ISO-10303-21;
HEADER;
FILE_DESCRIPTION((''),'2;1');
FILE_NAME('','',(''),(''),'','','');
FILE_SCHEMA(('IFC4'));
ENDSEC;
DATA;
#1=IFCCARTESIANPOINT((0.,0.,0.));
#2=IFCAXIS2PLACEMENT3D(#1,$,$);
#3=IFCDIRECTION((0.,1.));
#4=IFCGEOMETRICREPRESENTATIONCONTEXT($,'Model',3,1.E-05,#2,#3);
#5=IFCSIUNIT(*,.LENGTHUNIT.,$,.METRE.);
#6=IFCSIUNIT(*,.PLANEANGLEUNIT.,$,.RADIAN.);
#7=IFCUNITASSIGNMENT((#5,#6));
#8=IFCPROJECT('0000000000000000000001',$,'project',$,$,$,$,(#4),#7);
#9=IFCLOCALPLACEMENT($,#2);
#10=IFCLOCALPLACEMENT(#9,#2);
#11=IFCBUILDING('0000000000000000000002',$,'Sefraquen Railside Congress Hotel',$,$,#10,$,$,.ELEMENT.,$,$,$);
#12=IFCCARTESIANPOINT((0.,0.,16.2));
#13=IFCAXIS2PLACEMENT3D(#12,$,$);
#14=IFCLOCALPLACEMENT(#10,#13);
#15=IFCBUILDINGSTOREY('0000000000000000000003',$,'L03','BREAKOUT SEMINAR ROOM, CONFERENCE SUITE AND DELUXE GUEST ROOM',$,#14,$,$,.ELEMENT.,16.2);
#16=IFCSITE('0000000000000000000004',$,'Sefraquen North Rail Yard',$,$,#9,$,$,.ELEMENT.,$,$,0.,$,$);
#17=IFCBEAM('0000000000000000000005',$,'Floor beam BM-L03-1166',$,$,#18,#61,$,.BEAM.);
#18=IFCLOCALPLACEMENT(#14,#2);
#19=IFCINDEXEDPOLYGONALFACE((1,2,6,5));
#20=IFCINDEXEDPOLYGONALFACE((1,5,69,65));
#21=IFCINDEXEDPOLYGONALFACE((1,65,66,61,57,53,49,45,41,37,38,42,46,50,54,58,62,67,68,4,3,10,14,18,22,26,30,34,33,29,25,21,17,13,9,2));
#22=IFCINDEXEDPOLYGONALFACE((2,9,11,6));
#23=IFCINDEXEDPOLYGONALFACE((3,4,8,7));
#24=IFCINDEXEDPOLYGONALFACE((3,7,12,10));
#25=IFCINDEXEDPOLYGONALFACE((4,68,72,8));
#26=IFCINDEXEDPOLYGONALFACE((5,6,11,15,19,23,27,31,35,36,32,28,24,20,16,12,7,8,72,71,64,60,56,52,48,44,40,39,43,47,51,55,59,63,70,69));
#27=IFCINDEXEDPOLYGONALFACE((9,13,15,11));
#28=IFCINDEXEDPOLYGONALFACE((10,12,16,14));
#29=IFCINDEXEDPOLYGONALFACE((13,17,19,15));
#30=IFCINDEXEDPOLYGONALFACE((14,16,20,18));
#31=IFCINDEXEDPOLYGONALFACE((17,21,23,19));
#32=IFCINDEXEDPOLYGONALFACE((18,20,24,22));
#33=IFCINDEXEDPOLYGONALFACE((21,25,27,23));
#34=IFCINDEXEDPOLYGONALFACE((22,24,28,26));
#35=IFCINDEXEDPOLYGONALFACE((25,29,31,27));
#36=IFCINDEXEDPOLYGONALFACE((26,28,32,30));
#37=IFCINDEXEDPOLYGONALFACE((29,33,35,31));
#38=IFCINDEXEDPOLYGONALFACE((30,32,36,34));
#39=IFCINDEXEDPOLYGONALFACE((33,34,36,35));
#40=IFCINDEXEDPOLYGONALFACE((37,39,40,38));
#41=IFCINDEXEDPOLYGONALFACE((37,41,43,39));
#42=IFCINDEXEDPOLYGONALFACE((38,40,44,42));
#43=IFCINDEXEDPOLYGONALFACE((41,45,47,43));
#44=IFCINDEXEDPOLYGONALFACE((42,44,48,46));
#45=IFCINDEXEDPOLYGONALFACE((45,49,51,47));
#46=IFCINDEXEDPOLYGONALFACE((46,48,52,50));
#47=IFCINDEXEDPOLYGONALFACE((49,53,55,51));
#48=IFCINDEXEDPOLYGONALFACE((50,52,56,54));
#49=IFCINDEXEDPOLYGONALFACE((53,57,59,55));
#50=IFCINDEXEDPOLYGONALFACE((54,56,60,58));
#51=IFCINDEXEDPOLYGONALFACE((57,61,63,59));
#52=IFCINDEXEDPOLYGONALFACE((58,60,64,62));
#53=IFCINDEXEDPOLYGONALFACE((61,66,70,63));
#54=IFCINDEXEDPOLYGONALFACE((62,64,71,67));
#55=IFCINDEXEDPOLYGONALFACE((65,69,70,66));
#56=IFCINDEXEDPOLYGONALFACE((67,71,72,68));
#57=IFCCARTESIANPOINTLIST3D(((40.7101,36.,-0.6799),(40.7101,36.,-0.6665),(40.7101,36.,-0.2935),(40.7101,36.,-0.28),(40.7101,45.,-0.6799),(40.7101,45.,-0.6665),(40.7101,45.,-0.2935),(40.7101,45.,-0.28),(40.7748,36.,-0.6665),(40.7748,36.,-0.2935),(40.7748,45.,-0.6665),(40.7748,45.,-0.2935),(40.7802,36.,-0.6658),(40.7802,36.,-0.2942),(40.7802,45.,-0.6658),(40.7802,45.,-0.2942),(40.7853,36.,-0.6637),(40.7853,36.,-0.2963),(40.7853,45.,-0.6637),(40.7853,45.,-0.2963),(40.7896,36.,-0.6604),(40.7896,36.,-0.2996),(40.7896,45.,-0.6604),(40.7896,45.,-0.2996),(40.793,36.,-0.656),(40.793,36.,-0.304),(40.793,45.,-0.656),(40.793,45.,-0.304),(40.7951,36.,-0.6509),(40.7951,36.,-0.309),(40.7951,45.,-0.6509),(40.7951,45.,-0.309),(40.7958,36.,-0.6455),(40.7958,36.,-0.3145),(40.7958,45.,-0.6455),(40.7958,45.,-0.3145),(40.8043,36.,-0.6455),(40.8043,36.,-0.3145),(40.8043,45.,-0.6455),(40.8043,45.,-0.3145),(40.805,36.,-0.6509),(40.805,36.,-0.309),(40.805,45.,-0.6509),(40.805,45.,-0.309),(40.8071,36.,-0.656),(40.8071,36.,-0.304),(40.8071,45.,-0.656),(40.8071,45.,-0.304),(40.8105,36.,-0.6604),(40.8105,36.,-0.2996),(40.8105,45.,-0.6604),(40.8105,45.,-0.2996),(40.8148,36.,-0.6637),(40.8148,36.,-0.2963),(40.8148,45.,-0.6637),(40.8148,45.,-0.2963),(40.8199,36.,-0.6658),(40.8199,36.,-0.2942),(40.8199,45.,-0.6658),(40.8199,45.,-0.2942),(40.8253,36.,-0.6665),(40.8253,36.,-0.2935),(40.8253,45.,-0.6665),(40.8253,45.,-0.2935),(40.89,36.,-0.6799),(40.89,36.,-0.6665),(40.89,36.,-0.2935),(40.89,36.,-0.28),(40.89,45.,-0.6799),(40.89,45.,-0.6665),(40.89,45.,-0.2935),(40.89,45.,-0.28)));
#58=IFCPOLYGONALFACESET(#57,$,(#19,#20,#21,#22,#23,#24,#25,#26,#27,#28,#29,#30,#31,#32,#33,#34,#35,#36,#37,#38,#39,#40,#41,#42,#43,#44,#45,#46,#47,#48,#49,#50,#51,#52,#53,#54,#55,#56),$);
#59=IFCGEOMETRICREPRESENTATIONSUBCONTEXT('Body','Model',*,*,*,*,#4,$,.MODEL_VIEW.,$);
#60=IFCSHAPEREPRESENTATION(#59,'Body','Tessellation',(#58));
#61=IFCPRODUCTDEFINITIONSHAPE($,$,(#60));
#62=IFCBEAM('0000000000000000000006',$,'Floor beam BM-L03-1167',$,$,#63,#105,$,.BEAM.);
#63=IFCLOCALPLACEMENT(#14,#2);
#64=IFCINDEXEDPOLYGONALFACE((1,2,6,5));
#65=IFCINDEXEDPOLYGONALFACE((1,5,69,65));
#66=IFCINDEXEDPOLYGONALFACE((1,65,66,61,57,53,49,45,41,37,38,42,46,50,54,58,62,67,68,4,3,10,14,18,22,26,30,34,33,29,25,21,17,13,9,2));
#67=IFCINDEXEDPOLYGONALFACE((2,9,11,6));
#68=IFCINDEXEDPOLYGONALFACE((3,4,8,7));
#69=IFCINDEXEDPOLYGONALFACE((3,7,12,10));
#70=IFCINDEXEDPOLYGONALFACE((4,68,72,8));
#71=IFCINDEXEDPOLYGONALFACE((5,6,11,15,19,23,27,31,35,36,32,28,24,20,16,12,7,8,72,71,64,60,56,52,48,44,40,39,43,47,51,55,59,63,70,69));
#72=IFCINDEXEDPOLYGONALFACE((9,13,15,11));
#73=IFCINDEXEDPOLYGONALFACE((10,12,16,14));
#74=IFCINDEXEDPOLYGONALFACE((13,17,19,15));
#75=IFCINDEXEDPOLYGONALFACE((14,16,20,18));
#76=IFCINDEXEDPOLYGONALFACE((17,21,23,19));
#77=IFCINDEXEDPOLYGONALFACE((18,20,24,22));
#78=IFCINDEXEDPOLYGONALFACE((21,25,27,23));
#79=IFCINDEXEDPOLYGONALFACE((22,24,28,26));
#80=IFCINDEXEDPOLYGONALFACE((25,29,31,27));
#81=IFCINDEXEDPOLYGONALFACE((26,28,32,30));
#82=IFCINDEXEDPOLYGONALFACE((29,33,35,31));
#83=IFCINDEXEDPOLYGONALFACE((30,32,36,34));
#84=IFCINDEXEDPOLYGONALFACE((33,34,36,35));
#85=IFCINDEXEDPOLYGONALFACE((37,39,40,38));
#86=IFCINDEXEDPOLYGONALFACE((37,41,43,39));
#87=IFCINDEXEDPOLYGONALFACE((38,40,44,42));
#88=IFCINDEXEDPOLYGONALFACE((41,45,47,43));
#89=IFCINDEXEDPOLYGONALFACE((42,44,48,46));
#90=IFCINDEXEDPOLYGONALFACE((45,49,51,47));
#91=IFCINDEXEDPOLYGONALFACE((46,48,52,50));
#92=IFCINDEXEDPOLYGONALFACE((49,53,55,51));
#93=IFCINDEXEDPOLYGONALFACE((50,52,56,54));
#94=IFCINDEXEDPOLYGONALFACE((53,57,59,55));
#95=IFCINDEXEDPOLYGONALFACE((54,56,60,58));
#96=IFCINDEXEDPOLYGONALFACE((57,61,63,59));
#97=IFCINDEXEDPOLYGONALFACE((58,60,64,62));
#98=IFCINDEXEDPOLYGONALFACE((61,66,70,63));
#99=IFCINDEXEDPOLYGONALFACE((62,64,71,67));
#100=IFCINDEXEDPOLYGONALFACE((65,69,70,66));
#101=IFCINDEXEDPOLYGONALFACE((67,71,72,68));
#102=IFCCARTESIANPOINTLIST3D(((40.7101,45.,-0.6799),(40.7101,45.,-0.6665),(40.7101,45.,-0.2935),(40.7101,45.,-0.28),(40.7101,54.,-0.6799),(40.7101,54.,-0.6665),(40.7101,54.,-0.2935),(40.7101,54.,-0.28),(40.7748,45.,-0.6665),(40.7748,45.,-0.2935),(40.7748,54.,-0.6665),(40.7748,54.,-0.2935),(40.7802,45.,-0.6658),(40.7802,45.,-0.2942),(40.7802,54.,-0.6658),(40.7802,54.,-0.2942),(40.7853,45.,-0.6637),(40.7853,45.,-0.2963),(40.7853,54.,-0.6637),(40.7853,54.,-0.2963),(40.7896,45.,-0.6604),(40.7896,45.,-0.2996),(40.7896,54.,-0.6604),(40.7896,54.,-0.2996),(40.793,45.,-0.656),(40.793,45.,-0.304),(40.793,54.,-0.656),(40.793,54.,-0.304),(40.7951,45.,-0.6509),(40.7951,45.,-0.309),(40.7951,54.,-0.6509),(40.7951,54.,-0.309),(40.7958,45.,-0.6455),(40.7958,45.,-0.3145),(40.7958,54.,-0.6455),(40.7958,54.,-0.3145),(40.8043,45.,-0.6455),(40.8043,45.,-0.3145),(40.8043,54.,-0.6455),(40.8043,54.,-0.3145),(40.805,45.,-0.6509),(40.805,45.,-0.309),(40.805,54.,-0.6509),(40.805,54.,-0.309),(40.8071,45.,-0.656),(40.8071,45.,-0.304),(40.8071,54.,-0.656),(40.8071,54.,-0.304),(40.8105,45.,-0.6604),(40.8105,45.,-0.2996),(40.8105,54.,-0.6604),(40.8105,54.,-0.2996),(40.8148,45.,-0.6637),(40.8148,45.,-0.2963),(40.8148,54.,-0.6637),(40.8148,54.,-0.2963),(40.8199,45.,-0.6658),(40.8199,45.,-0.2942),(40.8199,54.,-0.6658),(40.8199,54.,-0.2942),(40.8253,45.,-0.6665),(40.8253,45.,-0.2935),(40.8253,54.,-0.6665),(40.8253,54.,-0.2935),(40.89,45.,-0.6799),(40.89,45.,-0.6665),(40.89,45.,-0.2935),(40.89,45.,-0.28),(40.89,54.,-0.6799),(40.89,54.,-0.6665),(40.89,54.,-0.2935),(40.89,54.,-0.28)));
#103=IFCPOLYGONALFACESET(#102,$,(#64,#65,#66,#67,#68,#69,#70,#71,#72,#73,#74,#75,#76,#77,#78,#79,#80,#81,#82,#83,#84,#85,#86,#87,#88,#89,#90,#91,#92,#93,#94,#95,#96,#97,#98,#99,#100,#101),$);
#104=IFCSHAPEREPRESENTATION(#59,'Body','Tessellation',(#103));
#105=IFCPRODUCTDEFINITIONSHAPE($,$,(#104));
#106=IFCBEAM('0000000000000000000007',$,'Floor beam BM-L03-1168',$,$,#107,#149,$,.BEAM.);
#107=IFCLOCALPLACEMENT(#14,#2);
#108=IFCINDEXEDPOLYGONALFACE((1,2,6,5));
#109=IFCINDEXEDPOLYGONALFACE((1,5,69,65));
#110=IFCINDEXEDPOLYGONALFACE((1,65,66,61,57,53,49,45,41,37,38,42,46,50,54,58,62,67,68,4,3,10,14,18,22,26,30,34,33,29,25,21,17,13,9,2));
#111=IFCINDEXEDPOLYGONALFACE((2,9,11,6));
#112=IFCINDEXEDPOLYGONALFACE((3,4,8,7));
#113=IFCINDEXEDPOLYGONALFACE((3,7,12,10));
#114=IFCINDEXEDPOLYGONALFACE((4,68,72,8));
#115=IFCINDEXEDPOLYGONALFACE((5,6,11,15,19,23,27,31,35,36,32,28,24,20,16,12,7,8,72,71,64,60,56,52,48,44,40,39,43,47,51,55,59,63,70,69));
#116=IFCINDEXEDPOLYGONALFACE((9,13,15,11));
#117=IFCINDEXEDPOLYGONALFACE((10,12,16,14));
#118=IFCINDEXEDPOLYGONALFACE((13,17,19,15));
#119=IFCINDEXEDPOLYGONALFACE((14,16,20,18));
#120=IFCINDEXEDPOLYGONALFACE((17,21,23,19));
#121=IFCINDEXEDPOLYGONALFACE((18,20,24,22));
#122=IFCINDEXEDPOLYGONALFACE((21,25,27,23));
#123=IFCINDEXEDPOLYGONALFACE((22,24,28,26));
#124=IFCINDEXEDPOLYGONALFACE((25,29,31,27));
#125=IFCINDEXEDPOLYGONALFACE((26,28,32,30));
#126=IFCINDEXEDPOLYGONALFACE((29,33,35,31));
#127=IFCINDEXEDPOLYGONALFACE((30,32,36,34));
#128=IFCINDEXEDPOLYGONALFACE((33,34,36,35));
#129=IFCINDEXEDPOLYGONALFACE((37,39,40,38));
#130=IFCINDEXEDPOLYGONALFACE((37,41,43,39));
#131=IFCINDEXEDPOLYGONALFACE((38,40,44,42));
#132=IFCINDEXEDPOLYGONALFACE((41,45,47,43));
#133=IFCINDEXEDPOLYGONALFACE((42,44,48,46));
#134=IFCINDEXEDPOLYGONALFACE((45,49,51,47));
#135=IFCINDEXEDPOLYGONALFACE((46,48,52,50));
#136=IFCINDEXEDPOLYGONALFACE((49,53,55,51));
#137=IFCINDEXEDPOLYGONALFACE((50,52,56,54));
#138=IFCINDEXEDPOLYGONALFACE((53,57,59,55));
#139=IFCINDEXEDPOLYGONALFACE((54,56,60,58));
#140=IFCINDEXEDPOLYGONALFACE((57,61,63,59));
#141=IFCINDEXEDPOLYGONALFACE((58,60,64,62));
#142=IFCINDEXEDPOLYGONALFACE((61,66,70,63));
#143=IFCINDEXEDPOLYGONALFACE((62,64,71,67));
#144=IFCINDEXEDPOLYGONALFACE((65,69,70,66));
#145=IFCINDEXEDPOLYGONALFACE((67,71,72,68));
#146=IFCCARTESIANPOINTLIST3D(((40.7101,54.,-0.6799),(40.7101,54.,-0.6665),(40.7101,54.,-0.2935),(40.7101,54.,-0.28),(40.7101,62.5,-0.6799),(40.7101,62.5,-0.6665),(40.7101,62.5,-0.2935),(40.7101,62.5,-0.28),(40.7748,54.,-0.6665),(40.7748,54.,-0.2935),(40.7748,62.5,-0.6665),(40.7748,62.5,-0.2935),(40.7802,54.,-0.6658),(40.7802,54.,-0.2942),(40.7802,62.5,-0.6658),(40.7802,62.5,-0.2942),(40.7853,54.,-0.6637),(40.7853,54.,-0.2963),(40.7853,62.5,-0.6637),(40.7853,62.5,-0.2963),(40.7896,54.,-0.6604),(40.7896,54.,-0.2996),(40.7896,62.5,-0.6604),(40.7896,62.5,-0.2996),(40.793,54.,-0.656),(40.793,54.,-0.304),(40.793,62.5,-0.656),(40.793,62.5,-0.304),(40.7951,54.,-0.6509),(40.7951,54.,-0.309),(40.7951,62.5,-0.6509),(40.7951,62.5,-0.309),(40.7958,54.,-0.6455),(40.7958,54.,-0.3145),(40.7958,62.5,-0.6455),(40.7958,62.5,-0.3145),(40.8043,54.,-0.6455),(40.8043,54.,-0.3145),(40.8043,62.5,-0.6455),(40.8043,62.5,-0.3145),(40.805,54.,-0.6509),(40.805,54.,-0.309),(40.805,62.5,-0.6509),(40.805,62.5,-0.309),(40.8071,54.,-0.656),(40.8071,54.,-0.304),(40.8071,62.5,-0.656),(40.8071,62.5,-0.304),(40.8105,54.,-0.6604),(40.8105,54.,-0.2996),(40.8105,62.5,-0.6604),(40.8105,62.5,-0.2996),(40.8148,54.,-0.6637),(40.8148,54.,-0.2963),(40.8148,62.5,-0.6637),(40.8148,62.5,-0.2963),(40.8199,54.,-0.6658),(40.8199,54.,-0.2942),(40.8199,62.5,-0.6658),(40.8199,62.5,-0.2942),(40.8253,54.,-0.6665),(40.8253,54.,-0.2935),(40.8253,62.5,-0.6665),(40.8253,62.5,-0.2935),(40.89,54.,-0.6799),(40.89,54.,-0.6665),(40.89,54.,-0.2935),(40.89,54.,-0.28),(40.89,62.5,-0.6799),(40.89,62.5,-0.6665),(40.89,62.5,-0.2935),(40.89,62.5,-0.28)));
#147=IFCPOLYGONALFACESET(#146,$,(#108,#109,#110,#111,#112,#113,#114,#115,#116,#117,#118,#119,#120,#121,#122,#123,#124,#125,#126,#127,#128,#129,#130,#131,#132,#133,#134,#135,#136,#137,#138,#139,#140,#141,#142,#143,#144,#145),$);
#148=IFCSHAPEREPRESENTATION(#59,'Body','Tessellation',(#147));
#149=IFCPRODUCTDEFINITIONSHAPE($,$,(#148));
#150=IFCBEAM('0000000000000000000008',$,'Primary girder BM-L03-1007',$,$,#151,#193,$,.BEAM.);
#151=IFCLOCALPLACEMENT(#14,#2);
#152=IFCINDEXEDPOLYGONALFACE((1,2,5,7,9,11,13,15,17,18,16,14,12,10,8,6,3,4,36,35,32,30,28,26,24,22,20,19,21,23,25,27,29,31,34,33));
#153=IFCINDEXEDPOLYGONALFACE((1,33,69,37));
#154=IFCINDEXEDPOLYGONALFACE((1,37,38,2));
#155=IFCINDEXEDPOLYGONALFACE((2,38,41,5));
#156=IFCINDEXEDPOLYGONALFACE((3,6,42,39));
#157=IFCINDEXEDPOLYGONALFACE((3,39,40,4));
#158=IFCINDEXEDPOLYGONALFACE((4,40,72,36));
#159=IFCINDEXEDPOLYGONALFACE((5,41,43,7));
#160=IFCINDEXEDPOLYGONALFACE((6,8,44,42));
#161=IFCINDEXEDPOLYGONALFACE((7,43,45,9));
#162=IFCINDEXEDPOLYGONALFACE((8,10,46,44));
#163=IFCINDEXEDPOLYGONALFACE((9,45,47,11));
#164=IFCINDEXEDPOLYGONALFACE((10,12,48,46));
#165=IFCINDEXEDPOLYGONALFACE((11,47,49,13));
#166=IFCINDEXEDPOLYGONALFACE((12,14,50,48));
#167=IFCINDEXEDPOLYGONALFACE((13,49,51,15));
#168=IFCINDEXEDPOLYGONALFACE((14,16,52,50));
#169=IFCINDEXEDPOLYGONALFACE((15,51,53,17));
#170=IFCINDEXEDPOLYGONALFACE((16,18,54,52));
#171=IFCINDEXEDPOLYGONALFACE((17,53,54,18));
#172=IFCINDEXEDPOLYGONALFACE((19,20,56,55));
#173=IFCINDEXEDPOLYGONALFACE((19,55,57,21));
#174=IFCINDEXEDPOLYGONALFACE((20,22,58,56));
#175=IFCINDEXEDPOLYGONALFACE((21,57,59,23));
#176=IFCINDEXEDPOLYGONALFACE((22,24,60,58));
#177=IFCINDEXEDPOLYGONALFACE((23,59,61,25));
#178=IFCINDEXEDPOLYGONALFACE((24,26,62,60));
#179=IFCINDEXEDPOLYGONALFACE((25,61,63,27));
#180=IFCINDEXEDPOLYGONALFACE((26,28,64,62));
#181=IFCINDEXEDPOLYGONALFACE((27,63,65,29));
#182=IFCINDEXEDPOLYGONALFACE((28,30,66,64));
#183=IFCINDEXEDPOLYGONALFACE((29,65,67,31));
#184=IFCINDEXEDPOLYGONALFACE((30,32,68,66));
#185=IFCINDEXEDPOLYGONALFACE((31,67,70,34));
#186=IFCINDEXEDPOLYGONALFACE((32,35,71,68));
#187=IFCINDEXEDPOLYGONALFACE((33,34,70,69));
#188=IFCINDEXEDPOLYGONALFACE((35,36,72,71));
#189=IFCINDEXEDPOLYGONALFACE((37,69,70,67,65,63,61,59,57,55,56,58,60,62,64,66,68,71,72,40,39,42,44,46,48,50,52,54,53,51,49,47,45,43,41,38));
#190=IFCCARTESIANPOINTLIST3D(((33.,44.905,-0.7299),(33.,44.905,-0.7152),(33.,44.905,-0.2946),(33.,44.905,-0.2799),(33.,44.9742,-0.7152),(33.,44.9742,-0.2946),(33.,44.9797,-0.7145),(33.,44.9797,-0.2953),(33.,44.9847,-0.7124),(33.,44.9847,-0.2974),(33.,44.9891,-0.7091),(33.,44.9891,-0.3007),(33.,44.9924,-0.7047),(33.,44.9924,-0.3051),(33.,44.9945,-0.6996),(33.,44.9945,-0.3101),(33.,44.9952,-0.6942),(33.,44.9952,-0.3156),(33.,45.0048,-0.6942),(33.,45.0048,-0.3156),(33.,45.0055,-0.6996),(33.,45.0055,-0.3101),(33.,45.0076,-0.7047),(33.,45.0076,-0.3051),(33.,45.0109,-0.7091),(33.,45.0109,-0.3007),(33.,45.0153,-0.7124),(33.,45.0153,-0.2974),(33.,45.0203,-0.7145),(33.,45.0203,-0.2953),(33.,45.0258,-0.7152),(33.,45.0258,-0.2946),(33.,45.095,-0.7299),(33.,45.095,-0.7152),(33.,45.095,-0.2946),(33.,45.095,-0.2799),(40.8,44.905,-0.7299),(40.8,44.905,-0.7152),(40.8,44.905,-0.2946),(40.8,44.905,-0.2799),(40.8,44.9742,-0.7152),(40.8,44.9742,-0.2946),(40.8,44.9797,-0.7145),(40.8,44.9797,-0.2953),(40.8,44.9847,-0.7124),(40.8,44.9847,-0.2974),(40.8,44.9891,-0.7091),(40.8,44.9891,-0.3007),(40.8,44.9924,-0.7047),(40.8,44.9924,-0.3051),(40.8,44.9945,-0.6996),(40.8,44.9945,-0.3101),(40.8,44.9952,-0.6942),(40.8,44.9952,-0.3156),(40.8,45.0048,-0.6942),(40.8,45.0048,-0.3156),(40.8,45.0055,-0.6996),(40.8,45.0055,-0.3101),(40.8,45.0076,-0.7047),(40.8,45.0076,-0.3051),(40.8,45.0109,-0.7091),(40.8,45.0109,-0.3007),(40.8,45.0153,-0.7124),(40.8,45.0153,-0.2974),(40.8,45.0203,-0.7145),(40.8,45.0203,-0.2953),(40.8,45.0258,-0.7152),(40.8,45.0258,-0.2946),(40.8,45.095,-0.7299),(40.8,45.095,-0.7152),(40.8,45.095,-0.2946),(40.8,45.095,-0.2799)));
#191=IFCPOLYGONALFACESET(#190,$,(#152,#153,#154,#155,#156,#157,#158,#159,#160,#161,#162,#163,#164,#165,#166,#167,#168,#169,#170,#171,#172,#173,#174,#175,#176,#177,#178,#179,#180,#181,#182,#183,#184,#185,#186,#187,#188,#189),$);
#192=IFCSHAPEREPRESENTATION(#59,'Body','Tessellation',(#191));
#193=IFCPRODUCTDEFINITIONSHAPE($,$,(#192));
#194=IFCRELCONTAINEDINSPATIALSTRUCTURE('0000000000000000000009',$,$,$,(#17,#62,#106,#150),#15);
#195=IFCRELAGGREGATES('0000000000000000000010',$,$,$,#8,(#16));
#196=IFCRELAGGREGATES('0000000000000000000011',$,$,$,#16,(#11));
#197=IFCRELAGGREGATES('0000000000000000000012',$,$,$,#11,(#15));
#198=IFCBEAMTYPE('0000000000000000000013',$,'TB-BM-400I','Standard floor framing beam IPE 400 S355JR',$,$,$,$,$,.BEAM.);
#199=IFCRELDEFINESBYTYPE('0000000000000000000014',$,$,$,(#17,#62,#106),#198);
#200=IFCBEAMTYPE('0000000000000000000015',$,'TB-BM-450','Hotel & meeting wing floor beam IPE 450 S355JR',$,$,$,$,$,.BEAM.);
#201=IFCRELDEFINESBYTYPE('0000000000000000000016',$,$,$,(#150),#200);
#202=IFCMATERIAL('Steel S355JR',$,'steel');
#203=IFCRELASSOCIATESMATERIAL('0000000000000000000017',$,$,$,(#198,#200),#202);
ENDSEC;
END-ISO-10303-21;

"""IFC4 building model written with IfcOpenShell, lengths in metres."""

from ifc_helpers import new_model, si_unit, direction, frame, origin, origin_2d, place, context, subcontext, project, spatial, i_section, extrude, material, material_profile, profile_set, type_object, element, save


model = new_model("IFC4")

# Units and contexts
model_context = context("Model", 3, precision=1e-05, world=origin(), true_north=direction((0.0, 1.0)))
body_context = subcontext(model_context, "Body", "Model", "MODEL_VIEW")
ifc_project = project(units=[si_unit("LENGTHUNIT", "METRE"), si_unit("PLANEANGLEUNIT", "RADIAN")], contexts=[model_context])

# Site, building, storey
site_placement = place(None, origin())
site = spatial("IfcSite", under=ifc_project, at=site_placement, Name="Sefraquen North Rail Yard", CompositionType="ELEMENT", RefElevation=0.0)
building_placement = place(site_placement, origin())
building = spatial("IfcBuilding", under=site, at=building_placement, Name="Sefraquen Railside Congress Hotel", CompositionType="ELEMENT")
storey_placement = place(building_placement, frame((0.0, 0.0, 16.2)))
storey = spatial("IfcBuildingStorey", under=building, at=storey_placement, Name="L03", Description="BREAKOUT SEMINAR ROOM, CONFERENCE SUITE AND DELUXE GUEST ROOM", CompositionType="ELEMENT", Elevation=16.2)

# Beams
ifc_material_1 = material(Name="Steel S355JR", Category="steel")
ifc_material_profile_1 = material_profile(ifc_material_1, i_section(OverallWidth=0.1799, OverallDepth=0.3999, WebThickness=0.0085, FlangeThickness=0.0134, FilletRadius=0.021, at=origin_2d()), Name="IPE 400")
ifc_profile_set_1 = profile_set([ifc_material_profile_1], Name="Steel S355JR")
beam_type_1 = type_object("IfcBeamType", Name="TB-BM-400I", Description="Standard floor framing beam IPE 400 S355JR", PredefinedType="BEAM", material=ifc_profile_set_1)
for number, where, z_axis, x_axis, name in (
    (1, (40.8, 36.0, -0.48), (0.0, 1.0, 0.0), (-1.0, 0.0, 0.0), "Floor beam BM-L03-1166"),
    (2, (40.8, 45.0, -0.48), (0.0, 1.0, 0.0), (-1.0, 0.0, 0.0), "Floor beam BM-L03-1167"),
):
    element("IfcBeam", number, at=place(storey_placement, frame(where, z_axis=z_axis, x_axis=x_axis)), inside=storey, type_object=beam_type_1, Name=name, PredefinedType="BEAM", context=body_context, shape_type="SweptSolid", body=[
        extrude(i_section(OverallWidth=0.1799, OverallDepth=0.3999, WebThickness=0.0085, FlangeThickness=0.0134, FilletRadius=0.021, at=origin_2d()), origin(), (0.0, 0.0, 1.0), 9.0),
    ])
beam_1_placement = place(storey_placement, frame((40.8, 54.0, -0.48), z_axis=(0.0, 1.0, 0.0), x_axis=(-1.0, 0.0, 0.0)))
element("IfcBeam", 3, at=beam_1_placement, inside=storey, type_object=beam_type_1, Name="Floor beam BM-L03-1168", PredefinedType="BEAM", context=body_context, shape_type="SweptSolid", body=[
    extrude(i_section(OverallWidth=0.1799, OverallDepth=0.3999, WebThickness=0.0085, FlangeThickness=0.0134, FilletRadius=0.021, at=origin_2d()), origin(), (0.0, 0.0, 1.0), 8.5),
])
ifc_material_profile_2 = material_profile(ifc_material_1, i_section(OverallWidth=0.1899, OverallDepth=0.45, WebThickness=0.0095, FlangeThickness=0.0146, FilletRadius=0.021, at=origin_2d()), Name="IPE 450")
ifc_profile_set_2 = profile_set([ifc_material_profile_2], Name="Steel S355JR")
beam_type_2 = type_object("IfcBeamType", Name="TB-BM-450", Description="Hotel & meeting wing floor beam IPE 450 S355JR", PredefinedType="BEAM", material=ifc_profile_set_2)
for number, where, z_axis, x_axis, name in (
    (4, (33.0, 45.0, -0.5049), (1.0, 0.0, 0.0), (0.0, 1.0, 0.0), "Primary girder BM-L03-1007"),
):
    element("IfcBeam", number, at=place(storey_placement, frame(where, z_axis=z_axis, x_axis=x_axis)), inside=storey, type_object=beam_type_2, Name=name, PredefinedType="BEAM", context=body_context, shape_type="SweptSolid", body=[
        extrude(i_section(OverallWidth=0.1899, OverallDepth=0.45, WebThickness=0.0095, FlangeThickness=0.0146, FilletRadius=0.021, at=origin_2d()), origin(), (0.0, 0.0, 1.0), 7.8),
    ])

save(model, "model.ifc")
